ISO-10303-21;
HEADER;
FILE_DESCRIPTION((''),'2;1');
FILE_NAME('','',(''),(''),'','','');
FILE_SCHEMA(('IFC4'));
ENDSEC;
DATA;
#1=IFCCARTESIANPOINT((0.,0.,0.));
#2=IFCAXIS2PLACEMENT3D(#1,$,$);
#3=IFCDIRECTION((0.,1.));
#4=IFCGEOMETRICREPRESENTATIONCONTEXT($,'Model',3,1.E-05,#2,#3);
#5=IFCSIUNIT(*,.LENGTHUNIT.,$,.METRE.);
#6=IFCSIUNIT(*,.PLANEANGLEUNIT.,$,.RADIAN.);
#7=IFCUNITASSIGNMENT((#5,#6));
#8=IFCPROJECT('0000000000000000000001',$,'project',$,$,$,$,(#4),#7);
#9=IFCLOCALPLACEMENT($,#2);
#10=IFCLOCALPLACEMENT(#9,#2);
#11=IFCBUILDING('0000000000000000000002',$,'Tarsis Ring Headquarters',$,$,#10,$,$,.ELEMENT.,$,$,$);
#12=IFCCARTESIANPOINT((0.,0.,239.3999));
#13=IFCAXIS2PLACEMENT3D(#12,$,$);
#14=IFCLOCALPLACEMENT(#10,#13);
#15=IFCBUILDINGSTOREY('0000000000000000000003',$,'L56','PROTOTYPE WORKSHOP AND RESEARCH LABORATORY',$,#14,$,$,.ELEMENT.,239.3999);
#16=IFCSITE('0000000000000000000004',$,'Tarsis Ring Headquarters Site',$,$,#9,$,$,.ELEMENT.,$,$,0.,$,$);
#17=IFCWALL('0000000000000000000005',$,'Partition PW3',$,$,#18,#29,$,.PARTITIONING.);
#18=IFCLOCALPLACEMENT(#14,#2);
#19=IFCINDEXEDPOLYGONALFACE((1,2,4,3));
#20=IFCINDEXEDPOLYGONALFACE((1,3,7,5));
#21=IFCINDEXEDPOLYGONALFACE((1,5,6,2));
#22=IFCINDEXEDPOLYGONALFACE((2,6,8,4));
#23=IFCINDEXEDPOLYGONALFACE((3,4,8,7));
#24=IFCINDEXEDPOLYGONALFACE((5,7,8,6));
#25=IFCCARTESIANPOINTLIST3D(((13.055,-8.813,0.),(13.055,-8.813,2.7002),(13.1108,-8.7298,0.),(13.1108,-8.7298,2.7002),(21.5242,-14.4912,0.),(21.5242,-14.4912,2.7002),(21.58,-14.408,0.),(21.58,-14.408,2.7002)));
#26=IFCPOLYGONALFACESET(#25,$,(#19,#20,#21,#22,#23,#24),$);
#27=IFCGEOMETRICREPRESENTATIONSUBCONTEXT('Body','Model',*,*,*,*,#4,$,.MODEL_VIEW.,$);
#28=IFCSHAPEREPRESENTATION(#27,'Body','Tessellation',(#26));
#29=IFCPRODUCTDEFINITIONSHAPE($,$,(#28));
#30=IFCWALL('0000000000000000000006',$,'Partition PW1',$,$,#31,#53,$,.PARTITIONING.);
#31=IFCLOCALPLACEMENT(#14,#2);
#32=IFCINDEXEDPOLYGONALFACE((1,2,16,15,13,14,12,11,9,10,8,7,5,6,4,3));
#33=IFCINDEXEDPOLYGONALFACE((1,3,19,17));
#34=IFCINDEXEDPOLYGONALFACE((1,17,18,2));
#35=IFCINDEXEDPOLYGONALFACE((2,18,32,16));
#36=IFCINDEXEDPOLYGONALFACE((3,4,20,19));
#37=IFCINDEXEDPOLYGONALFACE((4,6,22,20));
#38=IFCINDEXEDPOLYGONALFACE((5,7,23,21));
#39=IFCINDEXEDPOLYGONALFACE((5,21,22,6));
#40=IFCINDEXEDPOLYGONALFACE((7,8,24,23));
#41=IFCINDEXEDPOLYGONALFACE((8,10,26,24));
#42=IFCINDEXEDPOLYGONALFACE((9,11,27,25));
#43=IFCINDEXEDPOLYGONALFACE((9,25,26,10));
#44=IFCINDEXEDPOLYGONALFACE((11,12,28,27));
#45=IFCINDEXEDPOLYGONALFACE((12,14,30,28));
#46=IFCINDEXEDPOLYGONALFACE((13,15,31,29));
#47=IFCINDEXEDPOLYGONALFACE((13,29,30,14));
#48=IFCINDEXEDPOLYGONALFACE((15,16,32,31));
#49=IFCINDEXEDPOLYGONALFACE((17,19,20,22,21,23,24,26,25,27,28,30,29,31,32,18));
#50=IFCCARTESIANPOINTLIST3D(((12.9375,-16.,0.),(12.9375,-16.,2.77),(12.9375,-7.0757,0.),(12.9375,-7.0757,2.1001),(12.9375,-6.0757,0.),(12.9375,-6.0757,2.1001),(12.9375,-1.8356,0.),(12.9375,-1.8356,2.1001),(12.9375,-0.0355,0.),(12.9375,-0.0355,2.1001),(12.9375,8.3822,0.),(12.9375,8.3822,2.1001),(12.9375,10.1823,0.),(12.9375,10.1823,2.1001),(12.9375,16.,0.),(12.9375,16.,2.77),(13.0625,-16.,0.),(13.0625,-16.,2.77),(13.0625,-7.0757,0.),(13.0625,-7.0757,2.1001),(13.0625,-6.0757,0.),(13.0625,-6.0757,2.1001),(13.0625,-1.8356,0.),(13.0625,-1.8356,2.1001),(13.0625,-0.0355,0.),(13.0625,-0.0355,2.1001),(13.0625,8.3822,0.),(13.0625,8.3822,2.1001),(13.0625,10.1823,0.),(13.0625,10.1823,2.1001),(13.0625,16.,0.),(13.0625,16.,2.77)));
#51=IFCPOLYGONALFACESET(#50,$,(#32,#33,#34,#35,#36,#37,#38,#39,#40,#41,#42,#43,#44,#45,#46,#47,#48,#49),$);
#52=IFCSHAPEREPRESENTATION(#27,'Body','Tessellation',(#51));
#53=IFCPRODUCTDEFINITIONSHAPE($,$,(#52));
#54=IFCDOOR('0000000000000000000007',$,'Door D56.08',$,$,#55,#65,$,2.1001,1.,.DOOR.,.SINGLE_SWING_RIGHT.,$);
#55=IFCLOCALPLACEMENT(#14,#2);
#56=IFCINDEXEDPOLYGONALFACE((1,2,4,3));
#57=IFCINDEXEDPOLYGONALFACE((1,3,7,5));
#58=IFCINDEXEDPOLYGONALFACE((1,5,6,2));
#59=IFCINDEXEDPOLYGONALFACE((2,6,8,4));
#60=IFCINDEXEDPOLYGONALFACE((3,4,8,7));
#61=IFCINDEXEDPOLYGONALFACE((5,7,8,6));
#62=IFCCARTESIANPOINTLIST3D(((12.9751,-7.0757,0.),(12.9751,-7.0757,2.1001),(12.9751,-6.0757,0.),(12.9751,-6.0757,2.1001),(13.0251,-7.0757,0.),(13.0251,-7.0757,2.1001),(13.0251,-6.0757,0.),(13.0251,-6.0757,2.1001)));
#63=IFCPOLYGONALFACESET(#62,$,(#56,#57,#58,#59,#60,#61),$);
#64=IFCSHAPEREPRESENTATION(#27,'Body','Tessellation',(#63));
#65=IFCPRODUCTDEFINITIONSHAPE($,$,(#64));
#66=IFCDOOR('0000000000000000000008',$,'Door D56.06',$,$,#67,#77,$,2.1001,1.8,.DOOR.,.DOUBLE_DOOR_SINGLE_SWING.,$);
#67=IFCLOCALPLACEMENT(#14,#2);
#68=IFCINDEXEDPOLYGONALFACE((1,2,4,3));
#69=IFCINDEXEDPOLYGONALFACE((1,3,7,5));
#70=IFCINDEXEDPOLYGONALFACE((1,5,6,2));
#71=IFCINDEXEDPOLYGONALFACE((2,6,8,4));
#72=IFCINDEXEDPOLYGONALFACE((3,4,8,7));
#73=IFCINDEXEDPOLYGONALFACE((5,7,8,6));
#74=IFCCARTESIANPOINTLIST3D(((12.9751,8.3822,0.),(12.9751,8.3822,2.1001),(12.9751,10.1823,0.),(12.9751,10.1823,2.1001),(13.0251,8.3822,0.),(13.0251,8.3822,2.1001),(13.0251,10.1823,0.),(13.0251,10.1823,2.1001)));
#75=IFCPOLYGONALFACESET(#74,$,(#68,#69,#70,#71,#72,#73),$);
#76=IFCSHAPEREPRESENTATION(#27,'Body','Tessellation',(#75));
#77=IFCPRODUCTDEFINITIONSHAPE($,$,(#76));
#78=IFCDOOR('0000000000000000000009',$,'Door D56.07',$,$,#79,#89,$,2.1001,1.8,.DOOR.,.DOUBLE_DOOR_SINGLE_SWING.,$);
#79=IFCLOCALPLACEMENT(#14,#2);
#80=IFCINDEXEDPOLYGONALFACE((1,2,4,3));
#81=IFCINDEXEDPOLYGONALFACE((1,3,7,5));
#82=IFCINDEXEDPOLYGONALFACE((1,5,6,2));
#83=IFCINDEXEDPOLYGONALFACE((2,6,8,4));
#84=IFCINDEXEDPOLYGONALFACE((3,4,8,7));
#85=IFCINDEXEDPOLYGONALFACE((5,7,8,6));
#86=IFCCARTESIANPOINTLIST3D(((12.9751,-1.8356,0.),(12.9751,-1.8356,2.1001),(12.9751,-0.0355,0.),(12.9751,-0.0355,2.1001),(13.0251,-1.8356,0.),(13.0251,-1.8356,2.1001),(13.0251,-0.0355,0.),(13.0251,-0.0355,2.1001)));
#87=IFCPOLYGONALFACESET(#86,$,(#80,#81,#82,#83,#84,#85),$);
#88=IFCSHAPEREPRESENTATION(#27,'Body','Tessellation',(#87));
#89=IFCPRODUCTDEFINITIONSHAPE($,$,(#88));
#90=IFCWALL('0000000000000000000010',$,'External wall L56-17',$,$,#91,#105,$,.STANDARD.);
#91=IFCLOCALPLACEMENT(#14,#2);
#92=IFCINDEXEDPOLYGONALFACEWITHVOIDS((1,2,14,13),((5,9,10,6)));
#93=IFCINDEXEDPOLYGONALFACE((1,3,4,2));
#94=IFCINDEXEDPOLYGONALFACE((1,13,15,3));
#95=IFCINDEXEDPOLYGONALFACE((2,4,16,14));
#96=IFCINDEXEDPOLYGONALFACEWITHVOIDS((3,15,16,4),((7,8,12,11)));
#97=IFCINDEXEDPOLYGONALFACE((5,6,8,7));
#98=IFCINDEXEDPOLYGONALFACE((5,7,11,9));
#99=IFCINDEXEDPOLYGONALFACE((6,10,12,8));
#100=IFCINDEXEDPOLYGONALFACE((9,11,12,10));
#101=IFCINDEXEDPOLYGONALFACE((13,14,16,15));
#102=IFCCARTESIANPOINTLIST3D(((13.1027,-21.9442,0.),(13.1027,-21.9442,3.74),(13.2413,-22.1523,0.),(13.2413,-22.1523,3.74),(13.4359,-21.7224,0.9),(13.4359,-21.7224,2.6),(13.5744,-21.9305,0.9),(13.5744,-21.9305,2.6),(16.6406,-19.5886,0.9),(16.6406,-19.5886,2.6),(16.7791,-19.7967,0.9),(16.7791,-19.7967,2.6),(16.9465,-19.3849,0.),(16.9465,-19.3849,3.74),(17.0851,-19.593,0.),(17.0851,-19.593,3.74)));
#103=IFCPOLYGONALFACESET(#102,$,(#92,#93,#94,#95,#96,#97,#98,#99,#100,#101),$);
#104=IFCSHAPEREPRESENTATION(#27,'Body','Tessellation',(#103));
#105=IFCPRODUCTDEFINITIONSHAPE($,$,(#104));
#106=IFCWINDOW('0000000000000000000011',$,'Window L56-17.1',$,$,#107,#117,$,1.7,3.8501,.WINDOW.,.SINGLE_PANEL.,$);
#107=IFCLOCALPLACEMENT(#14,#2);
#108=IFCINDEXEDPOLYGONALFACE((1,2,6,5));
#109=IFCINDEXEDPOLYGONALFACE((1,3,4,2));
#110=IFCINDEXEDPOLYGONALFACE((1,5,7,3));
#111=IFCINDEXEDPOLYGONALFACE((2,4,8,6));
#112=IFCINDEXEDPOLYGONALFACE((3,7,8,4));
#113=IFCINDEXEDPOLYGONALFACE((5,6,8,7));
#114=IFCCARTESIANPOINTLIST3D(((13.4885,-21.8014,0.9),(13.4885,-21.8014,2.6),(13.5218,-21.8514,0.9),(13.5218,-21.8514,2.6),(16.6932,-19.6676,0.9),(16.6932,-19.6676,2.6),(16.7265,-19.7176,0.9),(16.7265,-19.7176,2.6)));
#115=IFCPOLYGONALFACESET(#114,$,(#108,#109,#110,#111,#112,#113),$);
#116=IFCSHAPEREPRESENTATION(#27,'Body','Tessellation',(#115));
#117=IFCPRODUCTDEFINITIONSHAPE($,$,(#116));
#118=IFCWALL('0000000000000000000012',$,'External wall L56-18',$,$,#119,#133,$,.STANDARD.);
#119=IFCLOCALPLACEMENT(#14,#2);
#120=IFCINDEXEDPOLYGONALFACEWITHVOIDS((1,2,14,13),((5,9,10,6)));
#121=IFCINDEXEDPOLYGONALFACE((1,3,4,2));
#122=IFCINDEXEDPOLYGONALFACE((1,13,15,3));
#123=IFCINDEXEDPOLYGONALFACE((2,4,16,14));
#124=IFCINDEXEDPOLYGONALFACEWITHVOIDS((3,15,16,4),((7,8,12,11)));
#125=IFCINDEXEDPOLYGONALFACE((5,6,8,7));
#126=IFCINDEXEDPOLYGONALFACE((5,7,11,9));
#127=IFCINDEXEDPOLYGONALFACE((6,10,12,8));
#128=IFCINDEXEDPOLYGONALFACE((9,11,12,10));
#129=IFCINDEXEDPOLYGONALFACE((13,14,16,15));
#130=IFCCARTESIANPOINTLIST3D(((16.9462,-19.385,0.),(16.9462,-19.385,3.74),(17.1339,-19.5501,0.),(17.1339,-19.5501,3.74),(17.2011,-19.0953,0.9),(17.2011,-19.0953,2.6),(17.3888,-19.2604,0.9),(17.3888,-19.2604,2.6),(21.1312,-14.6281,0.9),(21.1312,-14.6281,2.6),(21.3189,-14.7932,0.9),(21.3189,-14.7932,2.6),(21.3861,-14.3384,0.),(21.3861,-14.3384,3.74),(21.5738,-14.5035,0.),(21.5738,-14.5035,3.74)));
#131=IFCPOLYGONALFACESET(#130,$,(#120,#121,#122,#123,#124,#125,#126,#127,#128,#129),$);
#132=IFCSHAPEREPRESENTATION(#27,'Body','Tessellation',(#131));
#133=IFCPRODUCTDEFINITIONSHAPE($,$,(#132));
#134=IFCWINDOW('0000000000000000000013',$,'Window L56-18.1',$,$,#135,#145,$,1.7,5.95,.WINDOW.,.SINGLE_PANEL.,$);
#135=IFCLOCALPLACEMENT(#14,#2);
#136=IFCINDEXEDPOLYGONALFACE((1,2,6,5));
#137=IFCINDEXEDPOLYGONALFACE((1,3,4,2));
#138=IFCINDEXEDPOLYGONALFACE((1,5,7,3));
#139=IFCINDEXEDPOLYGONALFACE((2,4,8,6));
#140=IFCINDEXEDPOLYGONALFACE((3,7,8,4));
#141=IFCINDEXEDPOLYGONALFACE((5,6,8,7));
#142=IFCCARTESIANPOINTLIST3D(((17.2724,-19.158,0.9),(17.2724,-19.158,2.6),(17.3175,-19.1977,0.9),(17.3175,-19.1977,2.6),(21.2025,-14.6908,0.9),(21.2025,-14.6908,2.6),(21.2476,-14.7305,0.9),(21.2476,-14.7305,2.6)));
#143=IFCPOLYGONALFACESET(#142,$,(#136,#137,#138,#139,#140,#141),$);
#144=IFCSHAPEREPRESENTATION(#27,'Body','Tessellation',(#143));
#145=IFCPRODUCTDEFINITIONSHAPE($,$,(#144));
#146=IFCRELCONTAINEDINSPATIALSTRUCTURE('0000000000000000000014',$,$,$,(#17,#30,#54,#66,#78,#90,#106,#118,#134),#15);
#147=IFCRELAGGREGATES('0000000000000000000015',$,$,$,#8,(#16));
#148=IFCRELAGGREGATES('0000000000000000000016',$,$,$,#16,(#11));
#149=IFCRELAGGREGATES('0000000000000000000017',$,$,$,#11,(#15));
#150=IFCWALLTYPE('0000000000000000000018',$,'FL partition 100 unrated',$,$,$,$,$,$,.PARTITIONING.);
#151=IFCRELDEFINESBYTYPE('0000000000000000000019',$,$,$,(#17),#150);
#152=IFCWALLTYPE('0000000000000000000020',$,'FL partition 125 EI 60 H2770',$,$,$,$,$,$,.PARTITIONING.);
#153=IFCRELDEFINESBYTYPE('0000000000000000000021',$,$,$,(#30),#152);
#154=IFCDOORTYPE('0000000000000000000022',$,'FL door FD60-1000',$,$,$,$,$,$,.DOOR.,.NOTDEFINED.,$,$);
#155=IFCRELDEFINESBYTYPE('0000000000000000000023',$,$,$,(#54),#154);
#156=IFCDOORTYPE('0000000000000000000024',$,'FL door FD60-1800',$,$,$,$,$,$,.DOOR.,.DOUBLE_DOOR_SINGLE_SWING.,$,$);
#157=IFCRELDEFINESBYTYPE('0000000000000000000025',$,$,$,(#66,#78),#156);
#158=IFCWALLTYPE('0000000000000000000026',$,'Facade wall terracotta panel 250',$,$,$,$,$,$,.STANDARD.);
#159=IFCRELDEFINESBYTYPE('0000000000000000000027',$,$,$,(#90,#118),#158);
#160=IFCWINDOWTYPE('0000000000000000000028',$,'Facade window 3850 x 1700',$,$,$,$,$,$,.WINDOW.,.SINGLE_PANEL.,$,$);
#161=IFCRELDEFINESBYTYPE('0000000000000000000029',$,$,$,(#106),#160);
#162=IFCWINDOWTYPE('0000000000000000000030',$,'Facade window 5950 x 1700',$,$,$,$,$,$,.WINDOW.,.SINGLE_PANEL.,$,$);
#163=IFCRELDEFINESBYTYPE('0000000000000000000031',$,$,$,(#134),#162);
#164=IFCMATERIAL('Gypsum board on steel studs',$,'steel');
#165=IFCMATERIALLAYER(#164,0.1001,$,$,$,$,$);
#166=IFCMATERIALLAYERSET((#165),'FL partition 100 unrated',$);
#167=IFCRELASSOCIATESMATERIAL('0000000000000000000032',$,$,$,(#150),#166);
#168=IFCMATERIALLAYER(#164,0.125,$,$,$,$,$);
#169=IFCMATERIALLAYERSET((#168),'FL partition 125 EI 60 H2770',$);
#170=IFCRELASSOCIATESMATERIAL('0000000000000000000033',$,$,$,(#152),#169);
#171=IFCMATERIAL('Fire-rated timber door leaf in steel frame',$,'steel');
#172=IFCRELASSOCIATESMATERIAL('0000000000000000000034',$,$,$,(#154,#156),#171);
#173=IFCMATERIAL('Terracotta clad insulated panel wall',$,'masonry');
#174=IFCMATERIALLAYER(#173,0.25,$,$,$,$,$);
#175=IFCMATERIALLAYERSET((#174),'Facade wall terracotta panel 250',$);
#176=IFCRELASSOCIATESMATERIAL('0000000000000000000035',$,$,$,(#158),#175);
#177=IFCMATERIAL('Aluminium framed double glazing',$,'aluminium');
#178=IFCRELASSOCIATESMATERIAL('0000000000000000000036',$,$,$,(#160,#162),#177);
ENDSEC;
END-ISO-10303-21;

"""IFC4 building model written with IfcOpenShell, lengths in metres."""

from ifc_helpers import new_model, si_unit, direction, frame, frame_2d, origin, place, context, subcontext, project, spatial, rectangle, extrude, material, layer, layer_set, type_object, element, fill, save


model = new_model("IFC4")

# Units and contexts
model_context = context("Model", 3, precision=1e-05, world=origin(), true_north=direction((0.0, 1.0)))
body_context = subcontext(model_context, "Body", "Model", "MODEL_VIEW")
ifc_project = project(units=[si_unit("LENGTHUNIT", "METRE"), si_unit("PLANEANGLEUNIT", "RADIAN")], contexts=[model_context])

# Site, building, storey
site_placement = place(None, origin())
site = spatial("IfcSite", under=ifc_project, at=site_placement, Name="Tarsis Ring Headquarters Site", CompositionType="ELEMENT", RefElevation=0.0)
building_placement = place(site_placement, origin())
building = spatial("IfcBuilding", under=site, at=building_placement, Name="Tarsis Ring Headquarters", CompositionType="ELEMENT")
storey_placement = place(building_placement, frame((0.0, 0.0, 239.3999)))
storey = spatial("IfcBuildingStorey", under=building, at=storey_placement, Name="L56", Description="PROTOTYPE WORKSHOP AND RESEARCH LABORATORY", CompositionType="ELEMENT", Elevation=239.3999)

# Wall
ifc_material_1 = material(Name="Gypsum board on steel studs", Category="steel")
ifc_layer_1 = layer(ifc_material_1, 0.1001)
ifc_layer_set_1 = layer_set([ifc_layer_1], Name="FL partition 100 unrated")
wall_type_1 = type_object("IfcWallType", Name="FL partition 100 unrated", PredefinedType="PARTITIONING", material=ifc_layer_set_1)
wall_1_placement = place(storey_placement, frame((13.083, -8.7715, 0.0), z_axis=(0.0, 0.0, 1.0), x_axis=(0.830596, -0.556875, 0.0)))
element("IfcWall", 1, at=wall_1_placement, inside=storey, type_object=wall_type_1, Name="Partition PW3", PredefinedType="PARTITIONING", context=body_context, shape_type="SweptSolid", body=[
    extrude(rectangle(XDim=10.1965, YDim=0.1001, at=frame_2d((5.0981, 0.0))), origin(), (0.0, 0.0, 1.0), 2.7002),
])

# Wall, openings, doors
ifc_layer_2 = layer(ifc_material_1, 0.125)
ifc_layer_set_2 = layer_set([ifc_layer_2], Name="FL partition 125 EI 60 H2770")
wall_type_2 = type_object("IfcWallType", Name="FL partition 125 EI 60 H2770", PredefinedType="PARTITIONING", material=ifc_layer_set_2)
wall_2_placement = place(storey_placement, frame((13.0, -16.0, 0.0), z_axis=(0.0, 0.0, 1.0), x_axis=(0.0, 1.0, 0.0)))
wall_2 = element("IfcWall", 2, at=wall_2_placement, inside=storey, type_object=wall_type_2, Name="Partition PW1", PredefinedType="PARTITIONING", context=body_context, shape_type="SweptSolid", body=[
    extrude(rectangle(XDim=32.0, YDim=0.125, at=frame_2d((16.0, 0.0))), origin(), (0.0, 0.0, 1.0), 2.77),
])
opening_1_placement = place(wall_2_placement, frame((24.3823, 0.0, 0.0)))
opening_1 = element("IfcOpeningElement", 3, at=opening_1_placement, cuts=wall_2, PredefinedType="OPENING", context=body_context, shape_type="SweptSolid", body=[
    extrude(rectangle(XDim=1.8, YDim=2.1001, at=frame_2d((0.8999, 1.05))), frame((0.0, 0.0725, 0.0), z_axis=(0.0, -1.0, 0.0), x_axis=(1.0, 0.0, 0.0)), (0.0, 0.0, 1.0), 0.145),
])
opening_2_placement = place(wall_2_placement, frame((14.1646, 0.0, 0.0)))
opening_2 = element("IfcOpeningElement", 4, at=opening_2_placement, cuts=wall_2, PredefinedType="OPENING", context=body_context, shape_type="SweptSolid", body=[
    extrude(rectangle(XDim=1.8, YDim=2.1001, at=frame_2d((0.8999, 1.05))), frame((0.0, 0.0725, 0.0), z_axis=(0.0, -1.0, 0.0), x_axis=(1.0, 0.0, 0.0)), (0.0, 0.0, 1.0), 0.145),
])
opening_3_placement = place(wall_2_placement, frame((8.9243, 0.0, 0.0)))
opening_3 = element("IfcOpeningElement", 5, at=opening_3_placement, cuts=wall_2, PredefinedType="OPENING", context=body_context, shape_type="SweptSolid", body=[
    extrude(rectangle(XDim=1.0, YDim=2.1001, at=frame_2d((0.5, 1.05))), frame((0.0, 0.0725, 0.0), z_axis=(0.0, -1.0, 0.0), x_axis=(1.0, 0.0, 0.0)), (0.0, 0.0, 1.0), 0.145),
])
ifc_material_2 = material(Name="Fire-rated timber door leaf in steel frame", Category="steel")
door_type_1 = type_object("IfcDoorType", Name="FL door FD60-1000", OperationType="NOTDEFINED", PredefinedType="DOOR", material=ifc_material_2)
door_1_placement = place(opening_3_placement, origin())
door_1 = element("IfcDoor", 6, at=door_1_placement, inside=storey, type_object=door_type_1, Name="Door D56.08", OperationType="SINGLE_SWING_RIGHT", OverallHeight=2.1001, OverallWidth=1.0, PredefinedType="DOOR", context=body_context, shape_type="SweptSolid", body=[
    extrude(rectangle(XDim=1.0, YDim=2.1001, at=frame_2d((0.5, 1.05))), frame((0.0, 0.0249, 0.0), z_axis=(0.0, -1.0, 0.0), x_axis=(1.0, 0.0, 0.0)), (0.0, 0.0, 1.0), 0.05),
])
fill(opening_3, door_1)
door_type_2 = type_object("IfcDoorType", Name="FL door FD60-1800", OperationType="DOUBLE_DOOR_SINGLE_SWING", PredefinedType="DOOR", material=ifc_material_2)
door_2_placement = place(opening_1_placement, origin())
door_2 = element("IfcDoor", 7, at=door_2_placement, inside=storey, type_object=door_type_2, Name="Door D56.06", OperationType="DOUBLE_DOOR_SINGLE_SWING", OverallHeight=2.1001, OverallWidth=1.8, PredefinedType="DOOR", context=body_context, shape_type="SweptSolid", body=[
    extrude(rectangle(XDim=1.8, YDim=2.1001, at=frame_2d((0.8999, 1.05))), frame((0.0, 0.0249, 0.0), z_axis=(0.0, -1.0, 0.0), x_axis=(1.0, 0.0, 0.0)), (0.0, 0.0, 1.0), 0.05),
])
fill(opening_1, door_2)
door_3_placement = place(opening_2_placement, origin())
door_3 = element("IfcDoor", 8, at=door_3_placement, inside=storey, type_object=door_type_2, Name="Door D56.07", OperationType="DOUBLE_DOOR_SINGLE_SWING", OverallHeight=2.1001, OverallWidth=1.8, PredefinedType="DOOR", context=body_context, shape_type="SweptSolid", body=[
    extrude(rectangle(XDim=1.8, YDim=2.1001, at=frame_2d((0.8999, 1.05))), frame((0.0, 0.0249, 0.0), z_axis=(0.0, -1.0, 0.0), x_axis=(1.0, 0.0, 0.0)), (0.0, 0.0, 1.0), 0.05),
])
fill(opening_2, door_3)

# Walls, openings, windows
ifc_material_3 = material(Name="Terracotta clad insulated panel wall", Category="masonry")
ifc_layer_3 = layer(ifc_material_3, 0.25)
ifc_layer_set_3 = layer_set([ifc_layer_3], Name="Facade wall terracotta panel 250")
wall_type_3 = type_object("IfcWallType", Name="Facade wall terracotta panel 250", PredefinedType="STANDARD", material=ifc_layer_set_3)
wall_3_placement = place(storey_placement, frame((13.1719, -22.0483, 0.0), z_axis=(0.0, 0.0, 1.0), x_axis=(0.832367, 0.554224, 0.0)))
wall_3 = element("IfcWall", 9, at=wall_3_placement, inside=storey, type_object=wall_type_3, Name="External wall L56-17", PredefinedType="STANDARD", context=body_context, shape_type="SweptSolid", body=[
    extrude(rectangle(XDim=4.6179, YDim=0.25, at=frame_2d((2.3091, 0.0))), origin(), (0.0, 0.0, 1.0), 3.74),
])
opening_4_placement = place(wall_3_placement, frame((0.4004, 0.0, 0.8999)))
opening_4 = element("IfcOpeningElement", 10, at=opening_4_placement, cuts=wall_3, PredefinedType="OPENING", context=body_context, shape_type="SweptSolid", body=[
    extrude(rectangle(XDim=3.8501, YDim=1.7, at=frame_2d((1.925, 0.8501))), frame((0.0, 0.135, 0.0), z_axis=(0.0, -1.0, 0.0), x_axis=(1.0, 0.0, 0.0)), (0.0, 0.0, 1.0), 0.27),
])
ifc_material_4 = material(Name="Aluminium framed double glazing", Category="aluminium")
window_type_1 = type_object("IfcWindowType", Name="Facade window 3850 x 1700", PartitioningType="SINGLE_PANEL", PredefinedType="WINDOW", material=ifc_material_4)
window_1_placement = place(opening_4_placement, origin())
window_1 = element("IfcWindow", 11, at=window_1_placement, inside=storey, type_object=window_type_1, Name="Window L56-17.1", OverallHeight=1.7, OverallWidth=3.8501, PartitioningType="SINGLE_PANEL", PredefinedType="WINDOW", context=body_context, shape_type="SweptSolid", body=[
    extrude(rectangle(XDim=3.8501, YDim=1.7, at=frame_2d((1.925, 0.8501))), frame((0.0, 0.03, 0.0), z_axis=(0.0, -1.0, 0.0), x_axis=(1.0, 0.0, 0.0)), (0.0, 0.0, 1.0), 0.0601),
])
fill(opening_4, window_1)
wall_4_placement = place(storey_placement, frame((17.04, -19.4675, 0.0), z_axis=(0.0, 0.0, 1.0), x_axis=(0.660536, 0.750794, 0.0)))
wall_4 = element("IfcWall", 12, at=wall_4_placement, inside=storey, type_object=wall_type_3, Name="External wall L56-18", PredefinedType="STANDARD", context=body_context, shape_type="SweptSolid", body=[
    extrude(rectangle(XDim=6.7217, YDim=0.25, at=frame_2d((3.3608, 0.0))), origin(), (0.0, 0.0, 1.0), 3.74),
])
opening_5_placement = place(wall_4_placement, frame((0.3857, 0.0, 0.8999)))
opening_5 = element("IfcOpeningElement", 13, at=opening_5_placement, cuts=wall_4, PredefinedType="OPENING", context=body_context, shape_type="SweptSolid", body=[
    extrude(rectangle(XDim=5.95, YDim=1.7, at=frame_2d((2.9751, 0.8501))), frame((0.0, 0.135, 0.0), z_axis=(0.0, -1.0, 0.0), x_axis=(1.0, 0.0, 0.0)), (0.0, 0.0, 1.0), 0.27),
])
window_type_2 = type_object("IfcWindowType", Name="Facade window 5950 x 1700", PartitioningType="SINGLE_PANEL", PredefinedType="WINDOW", material=ifc_material_4)
window_2_placement = place(opening_5_placement, origin())
window_2 = element("IfcWindow", 14, at=window_2_placement, inside=storey, type_object=window_type_2, Name="Window L56-18.1", OverallHeight=1.7, OverallWidth=5.95, PartitioningType="SINGLE_PANEL", PredefinedType="WINDOW", context=body_context, shape_type="SweptSolid", body=[
    extrude(rectangle(XDim=5.95, YDim=1.7, at=frame_2d((2.9751, 0.8501))), frame((0.0, 0.03, 0.0), z_axis=(0.0, -1.0, 0.0), x_axis=(1.0, 0.0, 0.0)), (0.0, 0.0, 1.0), 0.0601),
])
fill(opening_5, window_2)

save(model, "model.ifc")
